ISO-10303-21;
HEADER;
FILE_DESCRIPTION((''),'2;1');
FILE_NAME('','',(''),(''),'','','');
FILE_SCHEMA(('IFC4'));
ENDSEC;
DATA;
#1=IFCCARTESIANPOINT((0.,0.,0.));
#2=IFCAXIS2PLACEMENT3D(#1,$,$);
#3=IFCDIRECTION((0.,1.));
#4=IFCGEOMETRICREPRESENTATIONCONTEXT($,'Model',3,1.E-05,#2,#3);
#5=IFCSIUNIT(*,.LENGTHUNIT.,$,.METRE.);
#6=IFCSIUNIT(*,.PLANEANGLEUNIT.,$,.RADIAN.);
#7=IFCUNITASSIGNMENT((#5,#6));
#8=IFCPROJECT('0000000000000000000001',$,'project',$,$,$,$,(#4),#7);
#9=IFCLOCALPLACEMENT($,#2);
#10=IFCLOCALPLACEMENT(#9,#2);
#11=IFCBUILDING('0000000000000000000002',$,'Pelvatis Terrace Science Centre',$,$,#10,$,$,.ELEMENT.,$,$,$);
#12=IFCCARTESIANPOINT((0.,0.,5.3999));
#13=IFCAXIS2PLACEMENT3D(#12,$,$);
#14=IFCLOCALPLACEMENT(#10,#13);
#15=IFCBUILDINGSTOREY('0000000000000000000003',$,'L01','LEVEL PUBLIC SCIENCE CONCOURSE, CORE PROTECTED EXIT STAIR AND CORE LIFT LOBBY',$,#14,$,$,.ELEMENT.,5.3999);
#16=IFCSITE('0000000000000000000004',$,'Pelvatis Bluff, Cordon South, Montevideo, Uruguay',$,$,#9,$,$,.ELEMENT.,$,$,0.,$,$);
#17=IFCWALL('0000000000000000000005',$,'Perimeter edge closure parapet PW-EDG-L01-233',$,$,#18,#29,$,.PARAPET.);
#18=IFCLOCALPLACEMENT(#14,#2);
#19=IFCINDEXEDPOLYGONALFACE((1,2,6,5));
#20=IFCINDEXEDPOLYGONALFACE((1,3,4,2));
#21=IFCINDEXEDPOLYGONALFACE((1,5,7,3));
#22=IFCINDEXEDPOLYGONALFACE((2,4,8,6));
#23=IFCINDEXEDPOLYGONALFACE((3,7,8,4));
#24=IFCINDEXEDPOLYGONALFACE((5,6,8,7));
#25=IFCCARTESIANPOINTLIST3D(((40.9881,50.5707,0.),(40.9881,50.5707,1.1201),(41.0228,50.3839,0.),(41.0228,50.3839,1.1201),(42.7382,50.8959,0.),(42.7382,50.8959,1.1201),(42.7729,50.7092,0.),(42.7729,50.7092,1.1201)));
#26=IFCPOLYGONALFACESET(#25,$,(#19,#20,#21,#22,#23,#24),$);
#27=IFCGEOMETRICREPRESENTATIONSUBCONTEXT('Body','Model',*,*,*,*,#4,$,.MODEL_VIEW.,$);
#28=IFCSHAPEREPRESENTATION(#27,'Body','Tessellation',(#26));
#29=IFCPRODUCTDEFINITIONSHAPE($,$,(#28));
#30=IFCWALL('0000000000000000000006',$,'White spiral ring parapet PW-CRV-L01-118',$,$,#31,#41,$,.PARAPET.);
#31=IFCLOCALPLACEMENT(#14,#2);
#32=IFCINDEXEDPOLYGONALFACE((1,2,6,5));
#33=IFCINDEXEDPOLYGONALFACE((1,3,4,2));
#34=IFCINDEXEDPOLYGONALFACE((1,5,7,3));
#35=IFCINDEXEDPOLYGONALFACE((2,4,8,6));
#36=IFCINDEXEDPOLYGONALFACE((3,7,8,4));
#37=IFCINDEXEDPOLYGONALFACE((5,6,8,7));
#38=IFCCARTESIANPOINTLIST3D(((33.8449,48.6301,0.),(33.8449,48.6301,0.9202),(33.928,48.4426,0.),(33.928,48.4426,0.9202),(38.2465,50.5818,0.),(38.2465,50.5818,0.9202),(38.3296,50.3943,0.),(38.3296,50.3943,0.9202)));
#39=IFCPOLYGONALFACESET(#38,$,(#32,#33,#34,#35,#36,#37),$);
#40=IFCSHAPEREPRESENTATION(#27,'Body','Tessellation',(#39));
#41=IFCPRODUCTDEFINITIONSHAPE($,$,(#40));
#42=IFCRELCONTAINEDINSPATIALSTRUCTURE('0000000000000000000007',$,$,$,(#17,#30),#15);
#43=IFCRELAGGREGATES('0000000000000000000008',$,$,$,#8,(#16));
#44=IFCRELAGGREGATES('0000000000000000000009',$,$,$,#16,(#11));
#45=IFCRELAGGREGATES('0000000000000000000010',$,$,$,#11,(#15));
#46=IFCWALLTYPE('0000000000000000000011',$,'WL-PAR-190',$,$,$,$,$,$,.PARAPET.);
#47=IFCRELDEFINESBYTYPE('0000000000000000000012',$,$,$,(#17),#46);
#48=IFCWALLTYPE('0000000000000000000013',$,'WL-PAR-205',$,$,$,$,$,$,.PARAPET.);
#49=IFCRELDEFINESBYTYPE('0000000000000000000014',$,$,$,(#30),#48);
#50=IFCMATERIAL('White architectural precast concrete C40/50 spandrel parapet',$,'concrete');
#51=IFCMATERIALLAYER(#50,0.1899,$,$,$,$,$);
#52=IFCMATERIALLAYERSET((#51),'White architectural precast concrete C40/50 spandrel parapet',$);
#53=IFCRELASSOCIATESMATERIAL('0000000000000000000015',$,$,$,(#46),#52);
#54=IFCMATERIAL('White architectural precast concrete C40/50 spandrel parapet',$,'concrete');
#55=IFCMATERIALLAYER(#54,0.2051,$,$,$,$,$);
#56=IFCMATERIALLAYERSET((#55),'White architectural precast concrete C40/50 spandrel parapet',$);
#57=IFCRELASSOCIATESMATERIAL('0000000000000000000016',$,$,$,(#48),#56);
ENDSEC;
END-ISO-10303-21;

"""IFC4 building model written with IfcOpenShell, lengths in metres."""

from ifc_helpers import new_model, si_unit, direction, frame, frame_2d, origin, place, context, subcontext, project, spatial, rectangle, extrude, material, layer, layer_set, type_object, element, save


model = new_model("IFC4")

# Units and contexts
model_context = context("Model", 3, precision=1e-05, world=origin(), true_north=direction((0.0, 1.0)))
body_context = subcontext(model_context, "Body", "Model", "MODEL_VIEW")
ifc_project = project(units=[si_unit("LENGTHUNIT", "METRE"), si_unit("PLANEANGLEUNIT", "RADIAN")], contexts=[model_context])

# Site, building, storey
site_placement = place(None, origin())
site = spatial("IfcSite", under=ifc_project, at=site_placement, Name="Pelvatis Bluff, Cordon South, Montevideo, Uruguay", CompositionType="ELEMENT", RefElevation=0.0)
building_placement = place(site_placement, origin())
building = spatial("IfcBuilding", under=site, at=building_placement, Name="Pelvatis Terrace Science Centre", CompositionType="ELEMENT")
storey_placement = place(building_placement, frame((0.0, 0.0, 5.3999)))
storey = spatial("IfcBuildingStorey", under=building, at=storey_placement, Name="L01", Description="LEVEL PUBLIC SCIENCE CONCOURSE, CORE PROTECTED EXIT STAIR AND CORE LIFT LOBBY", CompositionType="ELEMENT", Elevation=5.3999)

# Walls
ifc_material_1 = material(Name="White architectural precast concrete C40/50 spandrel parapet", Category="concrete")
ifc_layer_1 = layer(ifc_material_1, 0.1899)
ifc_layer_set_1 = layer_set([ifc_layer_1], Name="White architectural precast concrete C40/50 spandrel parapet")
wall_type_1 = type_object("IfcWallType", Name="WL-PAR-190", PredefinedType="PARAPET", material=ifc_layer_set_1)
wall_1_placement = place(storey_placement, frame((41.0054, 50.4773, 0.0), z_axis=(0.0, 0.0, 1.0), x_axis=(0.983169, 0.182698, 0.0)))
element("IfcWall", 1, at=wall_1_placement, inside=storey, type_object=wall_type_1, Name="Perimeter edge closure parapet PW-EDG-L01-233", PredefinedType="PARAPET", context=body_context, shape_type="SweptSolid", body=[
    extrude(rectangle(XDim=1.78, YDim=0.1899, at=frame_2d((0.8901, 0.0))), origin(), (0.0, 0.0, 1.0), 1.1201),
])
ifc_material_2 = material(Name="White architectural precast concrete C40/50 spandrel parapet", Category="concrete")
ifc_layer_2 = layer(ifc_material_2, 0.2051)
ifc_layer_set_2 = layer_set([ifc_layer_2], Name="White architectural precast concrete C40/50 spandrel parapet")
wall_type_2 = type_object("IfcWallType", Name="WL-PAR-205", PredefinedType="PARAPET", material=ifc_layer_set_2)
wall_2_placement = place(storey_placement, frame((38.2881, 50.488, 0.0), z_axis=(0.0, 0.0, 1.0), x_axis=(-0.914167, -0.405339, 0.0)))
element("IfcWall", 2, at=wall_2_placement, inside=storey, type_object=wall_type_2, Name="White spiral ring parapet PW-CRV-L01-118", PredefinedType="PARAPET", context=body_context, shape_type="SweptSolid", body=[
    extrude(rectangle(XDim=4.8149, YDim=0.2051, at=frame_2d((2.4075, 0.0))), origin(), (0.0, 0.0, 1.0), 0.9202),
])

save(model, "model.ifc")
